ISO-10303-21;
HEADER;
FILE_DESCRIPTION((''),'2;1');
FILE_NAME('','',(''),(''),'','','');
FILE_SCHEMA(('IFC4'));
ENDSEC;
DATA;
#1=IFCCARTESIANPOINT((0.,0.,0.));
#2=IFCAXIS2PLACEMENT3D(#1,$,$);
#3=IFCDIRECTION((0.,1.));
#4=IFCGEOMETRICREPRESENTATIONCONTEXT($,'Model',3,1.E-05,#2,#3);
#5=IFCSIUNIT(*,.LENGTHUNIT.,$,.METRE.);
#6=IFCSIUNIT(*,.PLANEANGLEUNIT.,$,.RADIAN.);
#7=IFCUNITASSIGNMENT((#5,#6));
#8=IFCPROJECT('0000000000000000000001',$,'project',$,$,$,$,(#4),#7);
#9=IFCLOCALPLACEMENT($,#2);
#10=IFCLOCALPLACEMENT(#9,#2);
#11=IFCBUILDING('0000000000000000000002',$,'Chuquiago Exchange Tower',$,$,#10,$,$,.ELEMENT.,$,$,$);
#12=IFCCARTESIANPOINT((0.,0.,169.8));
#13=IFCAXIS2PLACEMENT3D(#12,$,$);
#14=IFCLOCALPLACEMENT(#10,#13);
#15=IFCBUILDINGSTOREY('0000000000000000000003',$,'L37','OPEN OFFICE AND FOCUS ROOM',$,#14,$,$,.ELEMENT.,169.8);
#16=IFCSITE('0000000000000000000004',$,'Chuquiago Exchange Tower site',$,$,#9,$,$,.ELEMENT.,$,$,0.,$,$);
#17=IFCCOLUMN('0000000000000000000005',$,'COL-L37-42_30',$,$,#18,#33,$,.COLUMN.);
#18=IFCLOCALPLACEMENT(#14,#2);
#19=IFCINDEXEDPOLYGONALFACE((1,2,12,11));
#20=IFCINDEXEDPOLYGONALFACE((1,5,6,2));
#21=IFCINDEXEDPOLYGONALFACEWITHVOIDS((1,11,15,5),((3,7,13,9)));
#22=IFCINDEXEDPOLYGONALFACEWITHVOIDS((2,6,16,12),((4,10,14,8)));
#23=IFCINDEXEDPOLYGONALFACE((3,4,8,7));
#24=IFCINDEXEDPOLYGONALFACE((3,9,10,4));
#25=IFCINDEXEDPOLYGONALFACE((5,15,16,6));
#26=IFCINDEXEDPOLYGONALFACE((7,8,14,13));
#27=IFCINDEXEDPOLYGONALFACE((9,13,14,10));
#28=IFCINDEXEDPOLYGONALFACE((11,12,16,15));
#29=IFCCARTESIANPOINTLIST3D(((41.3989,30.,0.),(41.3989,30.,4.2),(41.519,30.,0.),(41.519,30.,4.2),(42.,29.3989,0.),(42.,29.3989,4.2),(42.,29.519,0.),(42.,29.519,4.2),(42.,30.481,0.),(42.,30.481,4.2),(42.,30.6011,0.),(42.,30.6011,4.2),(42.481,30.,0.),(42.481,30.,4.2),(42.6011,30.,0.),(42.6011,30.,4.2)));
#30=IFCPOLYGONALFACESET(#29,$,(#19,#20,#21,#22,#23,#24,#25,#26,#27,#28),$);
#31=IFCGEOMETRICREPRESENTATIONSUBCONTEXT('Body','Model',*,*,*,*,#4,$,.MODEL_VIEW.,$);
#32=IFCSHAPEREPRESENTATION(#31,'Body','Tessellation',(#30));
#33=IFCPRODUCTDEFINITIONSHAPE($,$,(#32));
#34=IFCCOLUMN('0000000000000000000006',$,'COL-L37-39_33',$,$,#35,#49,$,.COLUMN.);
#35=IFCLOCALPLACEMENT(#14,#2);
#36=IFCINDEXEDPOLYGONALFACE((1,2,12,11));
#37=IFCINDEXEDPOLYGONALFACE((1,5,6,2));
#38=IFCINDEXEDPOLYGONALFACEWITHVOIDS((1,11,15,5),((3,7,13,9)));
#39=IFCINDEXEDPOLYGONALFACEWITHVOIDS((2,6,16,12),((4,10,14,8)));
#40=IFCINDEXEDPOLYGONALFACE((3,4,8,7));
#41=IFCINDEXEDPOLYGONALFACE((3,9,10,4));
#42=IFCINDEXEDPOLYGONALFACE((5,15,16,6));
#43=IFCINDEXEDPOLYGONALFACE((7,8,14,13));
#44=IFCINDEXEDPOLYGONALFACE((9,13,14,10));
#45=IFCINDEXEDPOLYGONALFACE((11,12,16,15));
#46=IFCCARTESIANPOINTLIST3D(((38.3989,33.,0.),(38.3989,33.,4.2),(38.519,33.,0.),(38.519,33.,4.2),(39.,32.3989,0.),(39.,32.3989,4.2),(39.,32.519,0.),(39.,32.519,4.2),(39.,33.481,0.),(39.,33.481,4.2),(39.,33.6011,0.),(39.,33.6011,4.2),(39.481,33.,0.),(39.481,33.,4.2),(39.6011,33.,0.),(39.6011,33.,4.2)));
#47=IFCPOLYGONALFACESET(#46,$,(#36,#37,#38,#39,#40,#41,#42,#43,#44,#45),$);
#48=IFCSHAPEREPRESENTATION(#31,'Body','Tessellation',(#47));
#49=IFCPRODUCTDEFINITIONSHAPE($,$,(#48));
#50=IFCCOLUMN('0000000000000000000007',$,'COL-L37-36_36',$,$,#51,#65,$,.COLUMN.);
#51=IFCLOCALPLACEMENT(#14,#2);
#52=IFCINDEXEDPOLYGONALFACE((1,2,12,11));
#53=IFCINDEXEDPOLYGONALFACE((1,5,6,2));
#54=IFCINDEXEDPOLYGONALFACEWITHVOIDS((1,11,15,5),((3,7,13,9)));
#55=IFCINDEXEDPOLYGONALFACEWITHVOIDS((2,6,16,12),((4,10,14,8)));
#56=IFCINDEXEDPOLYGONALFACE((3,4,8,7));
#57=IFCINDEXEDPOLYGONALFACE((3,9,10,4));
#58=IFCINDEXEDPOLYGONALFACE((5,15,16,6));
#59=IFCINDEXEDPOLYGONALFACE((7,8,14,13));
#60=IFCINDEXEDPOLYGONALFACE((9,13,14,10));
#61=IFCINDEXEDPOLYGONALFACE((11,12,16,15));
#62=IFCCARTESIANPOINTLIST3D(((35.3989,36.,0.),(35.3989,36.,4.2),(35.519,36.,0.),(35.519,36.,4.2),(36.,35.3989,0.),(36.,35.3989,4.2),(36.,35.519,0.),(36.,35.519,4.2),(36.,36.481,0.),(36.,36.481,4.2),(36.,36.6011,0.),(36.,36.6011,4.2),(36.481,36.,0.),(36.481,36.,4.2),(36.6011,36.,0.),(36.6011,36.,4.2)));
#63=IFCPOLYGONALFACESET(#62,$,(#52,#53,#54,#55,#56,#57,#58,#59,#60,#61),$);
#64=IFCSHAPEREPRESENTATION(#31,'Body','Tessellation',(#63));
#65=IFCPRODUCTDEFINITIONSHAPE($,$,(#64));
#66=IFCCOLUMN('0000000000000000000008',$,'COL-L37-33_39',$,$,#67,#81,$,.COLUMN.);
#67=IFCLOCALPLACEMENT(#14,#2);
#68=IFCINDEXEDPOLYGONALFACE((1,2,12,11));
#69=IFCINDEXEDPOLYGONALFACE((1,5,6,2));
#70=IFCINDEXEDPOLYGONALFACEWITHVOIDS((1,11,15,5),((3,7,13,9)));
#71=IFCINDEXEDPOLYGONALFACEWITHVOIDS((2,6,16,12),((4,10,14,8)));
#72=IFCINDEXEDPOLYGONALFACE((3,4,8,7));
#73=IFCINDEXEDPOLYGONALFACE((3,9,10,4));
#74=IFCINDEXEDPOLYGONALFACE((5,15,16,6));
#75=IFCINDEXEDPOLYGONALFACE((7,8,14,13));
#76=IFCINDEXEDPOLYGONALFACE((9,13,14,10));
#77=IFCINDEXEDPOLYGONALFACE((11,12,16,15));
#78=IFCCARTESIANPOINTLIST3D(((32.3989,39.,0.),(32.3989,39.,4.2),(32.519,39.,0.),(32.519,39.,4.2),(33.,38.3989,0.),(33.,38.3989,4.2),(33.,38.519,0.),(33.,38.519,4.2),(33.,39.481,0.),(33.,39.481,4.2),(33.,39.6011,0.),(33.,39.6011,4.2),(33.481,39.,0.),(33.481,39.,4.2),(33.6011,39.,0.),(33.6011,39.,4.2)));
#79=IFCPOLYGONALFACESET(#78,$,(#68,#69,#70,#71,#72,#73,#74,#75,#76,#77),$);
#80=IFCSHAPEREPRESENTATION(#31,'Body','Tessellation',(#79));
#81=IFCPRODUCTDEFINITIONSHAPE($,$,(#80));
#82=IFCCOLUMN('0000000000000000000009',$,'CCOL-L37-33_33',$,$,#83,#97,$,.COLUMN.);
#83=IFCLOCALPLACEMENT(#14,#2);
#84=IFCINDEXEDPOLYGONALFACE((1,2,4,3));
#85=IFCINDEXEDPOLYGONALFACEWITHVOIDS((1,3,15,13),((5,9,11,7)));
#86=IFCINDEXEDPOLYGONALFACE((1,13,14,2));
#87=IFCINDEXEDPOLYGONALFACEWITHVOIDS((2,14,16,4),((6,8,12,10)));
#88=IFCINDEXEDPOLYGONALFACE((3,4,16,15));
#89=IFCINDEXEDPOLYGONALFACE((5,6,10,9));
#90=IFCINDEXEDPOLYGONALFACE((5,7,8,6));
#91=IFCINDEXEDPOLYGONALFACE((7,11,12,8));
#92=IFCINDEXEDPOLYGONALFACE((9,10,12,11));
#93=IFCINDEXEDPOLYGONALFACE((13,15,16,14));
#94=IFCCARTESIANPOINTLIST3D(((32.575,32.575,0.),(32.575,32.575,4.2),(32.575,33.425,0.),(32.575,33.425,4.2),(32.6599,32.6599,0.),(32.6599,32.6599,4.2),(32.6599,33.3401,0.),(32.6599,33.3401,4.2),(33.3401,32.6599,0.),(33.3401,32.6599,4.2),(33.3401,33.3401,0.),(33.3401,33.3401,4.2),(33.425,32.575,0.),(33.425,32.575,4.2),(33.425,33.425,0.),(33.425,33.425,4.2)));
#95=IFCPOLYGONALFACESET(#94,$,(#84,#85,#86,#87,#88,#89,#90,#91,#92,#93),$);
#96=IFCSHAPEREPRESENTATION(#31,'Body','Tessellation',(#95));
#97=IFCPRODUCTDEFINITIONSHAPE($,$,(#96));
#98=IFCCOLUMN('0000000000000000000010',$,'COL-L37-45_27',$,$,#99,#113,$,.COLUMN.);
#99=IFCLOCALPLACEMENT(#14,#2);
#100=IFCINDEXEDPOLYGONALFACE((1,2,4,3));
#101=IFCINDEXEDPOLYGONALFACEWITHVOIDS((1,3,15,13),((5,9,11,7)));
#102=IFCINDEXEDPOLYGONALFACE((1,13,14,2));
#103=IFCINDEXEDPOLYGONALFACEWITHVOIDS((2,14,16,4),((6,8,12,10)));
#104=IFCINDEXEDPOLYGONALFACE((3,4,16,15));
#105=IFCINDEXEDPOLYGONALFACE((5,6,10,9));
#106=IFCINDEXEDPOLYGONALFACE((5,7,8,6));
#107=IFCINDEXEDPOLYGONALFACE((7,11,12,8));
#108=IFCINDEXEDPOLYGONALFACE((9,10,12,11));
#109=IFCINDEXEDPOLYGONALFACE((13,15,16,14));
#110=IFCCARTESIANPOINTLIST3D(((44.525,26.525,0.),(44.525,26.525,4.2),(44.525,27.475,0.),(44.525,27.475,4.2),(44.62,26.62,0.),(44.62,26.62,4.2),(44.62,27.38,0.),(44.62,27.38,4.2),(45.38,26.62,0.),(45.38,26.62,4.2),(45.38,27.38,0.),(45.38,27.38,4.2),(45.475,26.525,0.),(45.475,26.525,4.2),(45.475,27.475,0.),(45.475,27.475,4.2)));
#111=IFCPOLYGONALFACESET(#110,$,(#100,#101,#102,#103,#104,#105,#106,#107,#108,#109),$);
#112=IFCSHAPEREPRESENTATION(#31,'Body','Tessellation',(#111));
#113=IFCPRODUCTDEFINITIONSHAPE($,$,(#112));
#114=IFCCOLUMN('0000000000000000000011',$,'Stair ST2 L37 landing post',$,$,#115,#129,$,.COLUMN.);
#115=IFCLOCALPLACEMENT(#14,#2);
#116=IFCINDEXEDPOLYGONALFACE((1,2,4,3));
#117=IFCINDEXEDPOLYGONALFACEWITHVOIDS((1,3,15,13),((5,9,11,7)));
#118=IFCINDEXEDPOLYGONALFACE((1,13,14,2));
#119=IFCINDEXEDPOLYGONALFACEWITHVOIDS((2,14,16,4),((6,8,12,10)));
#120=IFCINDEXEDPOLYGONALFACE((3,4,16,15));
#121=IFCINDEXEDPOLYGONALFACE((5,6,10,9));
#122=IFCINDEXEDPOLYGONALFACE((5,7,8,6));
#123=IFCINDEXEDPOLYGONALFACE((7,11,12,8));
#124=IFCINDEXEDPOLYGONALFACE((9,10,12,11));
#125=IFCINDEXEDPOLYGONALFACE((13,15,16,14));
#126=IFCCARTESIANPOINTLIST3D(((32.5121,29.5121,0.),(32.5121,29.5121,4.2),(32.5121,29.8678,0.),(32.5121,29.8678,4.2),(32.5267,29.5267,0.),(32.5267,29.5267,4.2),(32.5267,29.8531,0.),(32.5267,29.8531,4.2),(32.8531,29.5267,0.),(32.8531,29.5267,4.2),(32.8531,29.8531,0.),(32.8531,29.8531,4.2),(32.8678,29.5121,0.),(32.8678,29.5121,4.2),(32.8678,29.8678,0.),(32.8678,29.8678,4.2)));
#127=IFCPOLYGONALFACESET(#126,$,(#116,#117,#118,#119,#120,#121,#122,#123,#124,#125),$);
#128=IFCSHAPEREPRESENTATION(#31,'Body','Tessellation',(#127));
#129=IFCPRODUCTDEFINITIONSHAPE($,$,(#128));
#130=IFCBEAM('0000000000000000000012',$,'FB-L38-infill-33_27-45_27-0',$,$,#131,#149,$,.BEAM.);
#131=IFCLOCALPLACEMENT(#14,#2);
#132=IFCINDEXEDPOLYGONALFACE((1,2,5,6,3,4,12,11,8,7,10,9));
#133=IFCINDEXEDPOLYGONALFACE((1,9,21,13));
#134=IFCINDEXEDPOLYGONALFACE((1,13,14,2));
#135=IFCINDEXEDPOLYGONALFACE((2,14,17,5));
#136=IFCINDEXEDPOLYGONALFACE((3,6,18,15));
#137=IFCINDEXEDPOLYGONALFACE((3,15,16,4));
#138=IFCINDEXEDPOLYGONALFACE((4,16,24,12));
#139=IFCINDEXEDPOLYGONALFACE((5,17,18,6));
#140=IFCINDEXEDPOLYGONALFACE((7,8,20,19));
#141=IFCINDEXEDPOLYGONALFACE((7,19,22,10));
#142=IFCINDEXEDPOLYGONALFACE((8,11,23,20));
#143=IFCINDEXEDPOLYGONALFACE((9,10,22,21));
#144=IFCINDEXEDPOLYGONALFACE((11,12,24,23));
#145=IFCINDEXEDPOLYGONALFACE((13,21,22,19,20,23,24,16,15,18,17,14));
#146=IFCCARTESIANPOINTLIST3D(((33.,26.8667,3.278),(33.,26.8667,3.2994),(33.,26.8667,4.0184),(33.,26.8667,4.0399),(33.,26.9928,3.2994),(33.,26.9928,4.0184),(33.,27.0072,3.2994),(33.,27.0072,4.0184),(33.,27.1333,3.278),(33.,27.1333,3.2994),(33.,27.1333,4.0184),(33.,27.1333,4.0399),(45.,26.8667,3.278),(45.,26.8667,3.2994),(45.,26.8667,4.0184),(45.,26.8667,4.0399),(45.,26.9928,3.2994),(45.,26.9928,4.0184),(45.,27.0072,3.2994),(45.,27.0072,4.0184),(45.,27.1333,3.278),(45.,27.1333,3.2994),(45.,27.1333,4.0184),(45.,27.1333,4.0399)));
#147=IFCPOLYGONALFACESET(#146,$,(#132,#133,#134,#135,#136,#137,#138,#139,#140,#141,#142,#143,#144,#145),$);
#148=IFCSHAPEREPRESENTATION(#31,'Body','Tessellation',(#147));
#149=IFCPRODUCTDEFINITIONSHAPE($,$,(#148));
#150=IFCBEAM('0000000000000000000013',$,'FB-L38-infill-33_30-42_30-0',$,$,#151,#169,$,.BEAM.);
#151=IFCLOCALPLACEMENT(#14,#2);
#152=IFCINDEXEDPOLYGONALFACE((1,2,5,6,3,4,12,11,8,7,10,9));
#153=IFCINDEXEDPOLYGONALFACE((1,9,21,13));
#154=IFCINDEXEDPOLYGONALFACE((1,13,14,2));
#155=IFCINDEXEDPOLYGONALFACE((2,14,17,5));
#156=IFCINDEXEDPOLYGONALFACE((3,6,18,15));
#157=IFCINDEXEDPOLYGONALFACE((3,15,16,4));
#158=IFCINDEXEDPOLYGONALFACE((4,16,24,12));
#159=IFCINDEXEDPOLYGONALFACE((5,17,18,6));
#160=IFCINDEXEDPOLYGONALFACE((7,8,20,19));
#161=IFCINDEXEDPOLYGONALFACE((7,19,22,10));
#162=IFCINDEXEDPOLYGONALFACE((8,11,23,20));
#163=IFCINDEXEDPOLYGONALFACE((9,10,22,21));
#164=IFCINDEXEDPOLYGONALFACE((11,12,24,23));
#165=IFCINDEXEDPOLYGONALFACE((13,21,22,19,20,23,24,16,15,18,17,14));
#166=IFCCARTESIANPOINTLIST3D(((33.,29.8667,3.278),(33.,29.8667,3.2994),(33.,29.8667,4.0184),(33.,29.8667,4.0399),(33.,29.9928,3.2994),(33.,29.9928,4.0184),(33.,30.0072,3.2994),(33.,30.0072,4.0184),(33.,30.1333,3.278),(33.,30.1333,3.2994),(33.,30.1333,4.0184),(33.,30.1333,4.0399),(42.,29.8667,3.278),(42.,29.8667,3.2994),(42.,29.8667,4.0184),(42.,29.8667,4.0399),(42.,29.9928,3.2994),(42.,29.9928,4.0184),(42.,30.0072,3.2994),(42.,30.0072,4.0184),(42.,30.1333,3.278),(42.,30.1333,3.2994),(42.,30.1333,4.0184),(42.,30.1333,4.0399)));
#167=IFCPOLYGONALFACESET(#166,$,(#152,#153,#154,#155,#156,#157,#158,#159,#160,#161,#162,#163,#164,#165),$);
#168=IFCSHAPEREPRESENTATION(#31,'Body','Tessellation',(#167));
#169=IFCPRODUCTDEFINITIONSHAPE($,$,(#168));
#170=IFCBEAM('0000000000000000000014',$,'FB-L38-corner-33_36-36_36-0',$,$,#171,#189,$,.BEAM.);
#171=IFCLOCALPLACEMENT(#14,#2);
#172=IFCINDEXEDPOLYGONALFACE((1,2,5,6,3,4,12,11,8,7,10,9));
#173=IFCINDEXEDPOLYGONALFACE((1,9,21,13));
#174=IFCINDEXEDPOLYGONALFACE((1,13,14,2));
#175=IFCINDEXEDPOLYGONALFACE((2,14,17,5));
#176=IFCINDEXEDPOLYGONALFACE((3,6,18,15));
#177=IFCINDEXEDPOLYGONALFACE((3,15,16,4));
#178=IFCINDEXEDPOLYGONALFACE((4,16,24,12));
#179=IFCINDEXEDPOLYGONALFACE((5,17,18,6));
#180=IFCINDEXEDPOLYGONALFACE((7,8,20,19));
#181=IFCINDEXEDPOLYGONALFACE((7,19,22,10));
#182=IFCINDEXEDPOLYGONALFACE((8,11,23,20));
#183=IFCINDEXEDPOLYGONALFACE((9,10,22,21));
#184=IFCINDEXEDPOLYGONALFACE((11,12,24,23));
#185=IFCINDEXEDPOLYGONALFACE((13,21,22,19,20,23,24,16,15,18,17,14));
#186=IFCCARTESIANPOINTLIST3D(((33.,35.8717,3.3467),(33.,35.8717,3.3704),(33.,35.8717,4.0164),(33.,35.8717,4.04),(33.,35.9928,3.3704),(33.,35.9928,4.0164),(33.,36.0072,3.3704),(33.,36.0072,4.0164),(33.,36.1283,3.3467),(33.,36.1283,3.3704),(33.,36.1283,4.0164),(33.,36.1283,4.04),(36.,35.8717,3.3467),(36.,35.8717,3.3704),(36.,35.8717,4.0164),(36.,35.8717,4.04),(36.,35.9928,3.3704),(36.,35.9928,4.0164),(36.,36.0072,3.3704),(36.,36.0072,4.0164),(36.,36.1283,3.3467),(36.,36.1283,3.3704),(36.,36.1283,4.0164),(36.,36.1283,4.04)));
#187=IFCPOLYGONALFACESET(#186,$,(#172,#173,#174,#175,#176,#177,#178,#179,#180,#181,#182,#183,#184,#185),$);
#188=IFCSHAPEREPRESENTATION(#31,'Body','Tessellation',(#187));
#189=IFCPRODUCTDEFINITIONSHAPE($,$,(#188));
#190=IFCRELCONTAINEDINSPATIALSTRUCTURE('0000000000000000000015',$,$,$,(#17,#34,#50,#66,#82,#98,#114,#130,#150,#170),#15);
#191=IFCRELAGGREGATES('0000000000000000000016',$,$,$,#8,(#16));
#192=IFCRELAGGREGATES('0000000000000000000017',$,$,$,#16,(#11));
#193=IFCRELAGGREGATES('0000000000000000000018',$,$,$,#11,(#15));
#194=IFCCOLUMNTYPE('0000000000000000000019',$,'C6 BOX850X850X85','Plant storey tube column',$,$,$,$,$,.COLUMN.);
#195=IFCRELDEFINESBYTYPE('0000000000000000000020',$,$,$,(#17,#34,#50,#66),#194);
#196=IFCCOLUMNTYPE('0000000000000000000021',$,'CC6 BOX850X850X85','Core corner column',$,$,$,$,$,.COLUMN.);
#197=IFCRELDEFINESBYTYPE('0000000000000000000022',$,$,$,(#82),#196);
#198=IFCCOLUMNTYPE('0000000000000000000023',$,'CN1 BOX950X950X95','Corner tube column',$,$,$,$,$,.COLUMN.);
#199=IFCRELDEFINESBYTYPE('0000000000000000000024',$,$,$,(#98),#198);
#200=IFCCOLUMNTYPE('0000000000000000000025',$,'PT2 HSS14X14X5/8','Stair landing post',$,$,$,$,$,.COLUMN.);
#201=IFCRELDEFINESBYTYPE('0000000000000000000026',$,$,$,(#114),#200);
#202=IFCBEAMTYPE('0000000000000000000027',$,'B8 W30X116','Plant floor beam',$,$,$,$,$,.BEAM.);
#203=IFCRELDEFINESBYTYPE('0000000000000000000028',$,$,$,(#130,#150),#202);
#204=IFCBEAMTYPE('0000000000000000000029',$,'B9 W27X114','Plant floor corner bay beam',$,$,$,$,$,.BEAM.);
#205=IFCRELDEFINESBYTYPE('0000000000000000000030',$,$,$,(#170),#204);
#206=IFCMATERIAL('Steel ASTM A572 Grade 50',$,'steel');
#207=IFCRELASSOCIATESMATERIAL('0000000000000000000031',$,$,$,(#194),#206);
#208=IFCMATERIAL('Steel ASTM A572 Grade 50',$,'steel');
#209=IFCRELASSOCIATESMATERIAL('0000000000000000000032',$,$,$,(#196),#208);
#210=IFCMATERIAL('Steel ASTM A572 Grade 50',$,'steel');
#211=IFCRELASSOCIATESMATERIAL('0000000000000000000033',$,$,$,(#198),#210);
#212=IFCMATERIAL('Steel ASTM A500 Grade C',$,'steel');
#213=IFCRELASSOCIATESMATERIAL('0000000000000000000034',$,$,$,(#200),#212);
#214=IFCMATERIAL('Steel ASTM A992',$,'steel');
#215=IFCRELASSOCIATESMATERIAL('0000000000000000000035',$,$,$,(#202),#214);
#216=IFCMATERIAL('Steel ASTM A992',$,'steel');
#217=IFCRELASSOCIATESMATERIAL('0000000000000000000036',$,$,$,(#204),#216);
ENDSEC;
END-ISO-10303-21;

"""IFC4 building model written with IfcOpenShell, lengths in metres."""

from ifc_helpers import new_model, si_unit, direction, frame, origin, origin_2d, place, context, subcontext, project, spatial, hollow_rectangle, i_section, extrude, material, material_profile, profile_set, type_object, element, save


model = new_model("IFC4")

# Units and contexts
model_context = context("Model", 3, precision=1e-05, world=origin(), true_north=direction((0.0, 1.0)))
body_context = subcontext(model_context, "Body", "Model", "MODEL_VIEW")
ifc_project = project(units=[si_unit("LENGTHUNIT", "METRE"), si_unit("PLANEANGLEUNIT", "RADIAN")], contexts=[model_context])

# Site, building, storey
site_placement = place(None, origin())
site = spatial("IfcSite", under=ifc_project, at=site_placement, Name="Chuquiago Exchange Tower site", CompositionType="ELEMENT", RefElevation=0.0)
building_placement = place(site_placement, origin())
building = spatial("IfcBuilding", under=site, at=building_placement, Name="Chuquiago Exchange Tower", CompositionType="ELEMENT")
storey_placement = place(building_placement, frame((0.0, 0.0, 169.8)))
storey = spatial("IfcBuildingStorey", under=building, at=storey_placement, Name="L37", Description="OPEN OFFICE AND FOCUS ROOM", CompositionType="ELEMENT", Elevation=169.8)

# Columns
ifc_material_1 = material(Name="Steel ASTM A572 Grade 50", Category="steel")
ifc_material_profile_1 = material_profile(ifc_material_1, hollow_rectangle(XDim=0.8501, YDim=0.8501, WallThickness=0.085, at=origin_2d()), Name="BOX850X850X85")
ifc_profile_set_1 = profile_set([ifc_material_profile_1], Name="Steel ASTM A572 Grade 50")
column_type_1 = type_object("IfcColumnType", Name="C6 BOX850X850X85", Description="Plant storey tube column", PredefinedType="COLUMN", material=ifc_profile_set_1)
for number, where, z_axis, x_axis, name in (
    (1, (42.0, 30.0, 0.0), (0.0, 0.0, 1.0), (0.707107, 0.707107, 0.0), "COL-L37-42_30"),
    (2, (39.0, 33.0, 0.0), (0.0, 0.0, 1.0), (0.707107, 0.707107, 0.0), "COL-L37-39_33"),
    (3, (36.0, 36.0, 0.0), (0.0, 0.0, 1.0), (0.707107, 0.707107, 0.0), "COL-L37-36_36"),
    (4, (33.0, 39.0, 0.0), (0.0, 0.0, 1.0), (0.707107, 0.707107, 0.0), "COL-L37-33_39"),
):
    element("IfcColumn", number, at=place(storey_placement, frame(where, z_axis=z_axis, x_axis=x_axis)), inside=storey, type_object=column_type_1, Name=name, PredefinedType="COLUMN", context=body_context, shape_type="SweptSolid", body=[
        extrude(hollow_rectangle(XDim=0.8501, YDim=0.8501, WallThickness=0.085, at=origin_2d()), origin(), (0.0, 0.0, 1.0), 4.2),
    ])
ifc_material_2 = material(Name="Steel ASTM A572 Grade 50", Category="steel")
ifc_material_profile_2 = material_profile(ifc_material_2, hollow_rectangle(XDim=0.8501, YDim=0.8501, WallThickness=0.085, at=origin_2d()), Name="BOX850X850X85")
ifc_profile_set_2 = profile_set([ifc_material_profile_2], Name="Steel ASTM A572 Grade 50")
column_type_2 = type_object("IfcColumnType", Name="CC6 BOX850X850X85", Description="Core corner column", PredefinedType="COLUMN", material=ifc_profile_set_2)
column_1_placement = place(storey_placement, frame((33.0, 33.0, 0.0), z_axis=(0.0, 0.0, 1.0), x_axis=(1.0, 0.0, 0.0)))
element("IfcColumn", 5, at=column_1_placement, inside=storey, type_object=column_type_2, Name="CCOL-L37-33_33", PredefinedType="COLUMN", context=body_context, shape_type="SweptSolid", body=[
    extrude(hollow_rectangle(XDim=0.8501, YDim=0.8501, WallThickness=0.085, at=origin_2d()), origin(), (0.0, 0.0, 1.0), 4.2),
])
ifc_material_3 = material(Name="Steel ASTM A572 Grade 50", Category="steel")
ifc_material_profile_3 = material_profile(ifc_material_3, hollow_rectangle(XDim=0.95, YDim=0.95, WallThickness=0.095, at=origin_2d()), Name="BOX950X950X95")
ifc_profile_set_3 = profile_set([ifc_material_profile_3], Name="Steel ASTM A572 Grade 50")
column_type_3 = type_object("IfcColumnType", Name="CN1 BOX950X950X95", Description="Corner tube column", PredefinedType="COLUMN", material=ifc_profile_set_3)
column_2_placement = place(storey_placement, frame((45.0, 27.0, 0.0), z_axis=(0.0, 0.0, 1.0), x_axis=(1.0, 0.0, 0.0)))
element("IfcColumn", 6, at=column_2_placement, inside=storey, type_object=column_type_3, Name="COL-L37-45_27", PredefinedType="COLUMN", context=body_context, shape_type="SweptSolid", body=[
    extrude(hollow_rectangle(XDim=0.95, YDim=0.95, WallThickness=0.095, at=origin_2d()), origin(), (0.0, 0.0, 1.0), 4.2),
])
ifc_material_4 = material(Name="Steel ASTM A500 Grade C", Category="steel")
ifc_material_profile_4 = material_profile(ifc_material_4, hollow_rectangle(XDim=0.3557, YDim=0.3557, WallThickness=0.0146, at=origin_2d()), Name="HSS14X14X5/8")
ifc_profile_set_4 = profile_set([ifc_material_profile_4], Name="Steel ASTM A500 Grade C")
column_type_4 = type_object("IfcColumnType", Name="PT2 HSS14X14X5/8", Description="Stair landing post", PredefinedType="COLUMN", material=ifc_profile_set_4)
column_3_placement = place(storey_placement, frame((32.6899, 29.6899, 0.0), z_axis=(0.0, 0.0, 1.0), x_axis=(1.0, 0.0, 0.0)))
element("IfcColumn", 7, at=column_3_placement, inside=storey, type_object=column_type_4, Name="Stair ST2 L37 landing post", PredefinedType="COLUMN", context=body_context, shape_type="SweptSolid", body=[
    extrude(hollow_rectangle(XDim=0.3557, YDim=0.3557, WallThickness=0.0146, at=origin_2d()), origin(), (0.0, 0.0, 1.0), 4.2),
])

# Beams
ifc_material_5 = material(Name="Steel ASTM A992", Category="steel")
ifc_material_profile_5 = material_profile(ifc_material_5, i_section(OverallWidth=0.2666, OverallDepth=0.762, WebThickness=0.0144, FlangeThickness=0.0215, at=origin_2d()), Name="W30X116")
ifc_profile_set_5 = profile_set([ifc_material_profile_5], Name="Steel ASTM A992")
beam_type_1 = type_object("IfcBeamType", Name="B8 W30X116", Description="Plant floor beam", PredefinedType="BEAM", material=ifc_profile_set_5)
beam_1_placement = place(storey_placement, frame((33.0, 27.0, 3.6589), z_axis=(1.0, 0.0, 0.0), x_axis=(0.0, 1.0, 0.0)))
element("IfcBeam", 8, at=beam_1_placement, inside=storey, type_object=beam_type_1, Name="FB-L38-infill-33_27-45_27-0", PredefinedType="BEAM", context=body_context, shape_type="SweptSolid", body=[
    extrude(i_section(OverallWidth=0.2666, OverallDepth=0.762, WebThickness=0.0144, FlangeThickness=0.0215, at=origin_2d()), origin(), (0.0, 0.0, 1.0), 12.0),
])
beam_2_placement = place(storey_placement, frame((33.0, 30.0, 3.6589), z_axis=(1.0, 0.0, 0.0), x_axis=(0.0, 1.0, 0.0)))
element("IfcBeam", 9, at=beam_2_placement, inside=storey, type_object=beam_type_1, Name="FB-L38-infill-33_30-42_30-0", PredefinedType="BEAM", context=body_context, shape_type="SweptSolid", body=[
    extrude(i_section(OverallWidth=0.2666, OverallDepth=0.762, WebThickness=0.0144, FlangeThickness=0.0215, at=origin_2d()), origin(), (0.0, 0.0, 1.0), 9.0),
])
ifc_material_6 = material(Name="Steel ASTM A992", Category="steel")
ifc_material_profile_6 = material_profile(ifc_material_6, i_section(OverallWidth=0.2566, OverallDepth=0.6934, WebThickness=0.0144, FlangeThickness=0.0237, at=origin_2d()), Name="W27X114")
ifc_profile_set_6 = profile_set([ifc_material_profile_6], Name="Steel ASTM A992")
beam_type_2 = type_object("IfcBeamType", Name="B9 W27X114", Description="Plant floor corner bay beam", PredefinedType="BEAM", material=ifc_profile_set_6)
beam_3_placement = place(storey_placement, frame((33.0, 36.0, 3.6934), z_axis=(1.0, 0.0, 0.0), x_axis=(0.0, 1.0, 0.0)))
element("IfcBeam", 10, at=beam_3_placement, inside=storey, type_object=beam_type_2, Name="FB-L38-corner-33_36-36_36-0", PredefinedType="BEAM", context=body_context, shape_type="SweptSolid", body=[
    extrude(i_section(OverallWidth=0.2566, OverallDepth=0.6934, WebThickness=0.0144, FlangeThickness=0.0237, at=origin_2d()), origin(), (0.0, 0.0, 1.0), 3.0),
])

save(model, "model.ifc")
